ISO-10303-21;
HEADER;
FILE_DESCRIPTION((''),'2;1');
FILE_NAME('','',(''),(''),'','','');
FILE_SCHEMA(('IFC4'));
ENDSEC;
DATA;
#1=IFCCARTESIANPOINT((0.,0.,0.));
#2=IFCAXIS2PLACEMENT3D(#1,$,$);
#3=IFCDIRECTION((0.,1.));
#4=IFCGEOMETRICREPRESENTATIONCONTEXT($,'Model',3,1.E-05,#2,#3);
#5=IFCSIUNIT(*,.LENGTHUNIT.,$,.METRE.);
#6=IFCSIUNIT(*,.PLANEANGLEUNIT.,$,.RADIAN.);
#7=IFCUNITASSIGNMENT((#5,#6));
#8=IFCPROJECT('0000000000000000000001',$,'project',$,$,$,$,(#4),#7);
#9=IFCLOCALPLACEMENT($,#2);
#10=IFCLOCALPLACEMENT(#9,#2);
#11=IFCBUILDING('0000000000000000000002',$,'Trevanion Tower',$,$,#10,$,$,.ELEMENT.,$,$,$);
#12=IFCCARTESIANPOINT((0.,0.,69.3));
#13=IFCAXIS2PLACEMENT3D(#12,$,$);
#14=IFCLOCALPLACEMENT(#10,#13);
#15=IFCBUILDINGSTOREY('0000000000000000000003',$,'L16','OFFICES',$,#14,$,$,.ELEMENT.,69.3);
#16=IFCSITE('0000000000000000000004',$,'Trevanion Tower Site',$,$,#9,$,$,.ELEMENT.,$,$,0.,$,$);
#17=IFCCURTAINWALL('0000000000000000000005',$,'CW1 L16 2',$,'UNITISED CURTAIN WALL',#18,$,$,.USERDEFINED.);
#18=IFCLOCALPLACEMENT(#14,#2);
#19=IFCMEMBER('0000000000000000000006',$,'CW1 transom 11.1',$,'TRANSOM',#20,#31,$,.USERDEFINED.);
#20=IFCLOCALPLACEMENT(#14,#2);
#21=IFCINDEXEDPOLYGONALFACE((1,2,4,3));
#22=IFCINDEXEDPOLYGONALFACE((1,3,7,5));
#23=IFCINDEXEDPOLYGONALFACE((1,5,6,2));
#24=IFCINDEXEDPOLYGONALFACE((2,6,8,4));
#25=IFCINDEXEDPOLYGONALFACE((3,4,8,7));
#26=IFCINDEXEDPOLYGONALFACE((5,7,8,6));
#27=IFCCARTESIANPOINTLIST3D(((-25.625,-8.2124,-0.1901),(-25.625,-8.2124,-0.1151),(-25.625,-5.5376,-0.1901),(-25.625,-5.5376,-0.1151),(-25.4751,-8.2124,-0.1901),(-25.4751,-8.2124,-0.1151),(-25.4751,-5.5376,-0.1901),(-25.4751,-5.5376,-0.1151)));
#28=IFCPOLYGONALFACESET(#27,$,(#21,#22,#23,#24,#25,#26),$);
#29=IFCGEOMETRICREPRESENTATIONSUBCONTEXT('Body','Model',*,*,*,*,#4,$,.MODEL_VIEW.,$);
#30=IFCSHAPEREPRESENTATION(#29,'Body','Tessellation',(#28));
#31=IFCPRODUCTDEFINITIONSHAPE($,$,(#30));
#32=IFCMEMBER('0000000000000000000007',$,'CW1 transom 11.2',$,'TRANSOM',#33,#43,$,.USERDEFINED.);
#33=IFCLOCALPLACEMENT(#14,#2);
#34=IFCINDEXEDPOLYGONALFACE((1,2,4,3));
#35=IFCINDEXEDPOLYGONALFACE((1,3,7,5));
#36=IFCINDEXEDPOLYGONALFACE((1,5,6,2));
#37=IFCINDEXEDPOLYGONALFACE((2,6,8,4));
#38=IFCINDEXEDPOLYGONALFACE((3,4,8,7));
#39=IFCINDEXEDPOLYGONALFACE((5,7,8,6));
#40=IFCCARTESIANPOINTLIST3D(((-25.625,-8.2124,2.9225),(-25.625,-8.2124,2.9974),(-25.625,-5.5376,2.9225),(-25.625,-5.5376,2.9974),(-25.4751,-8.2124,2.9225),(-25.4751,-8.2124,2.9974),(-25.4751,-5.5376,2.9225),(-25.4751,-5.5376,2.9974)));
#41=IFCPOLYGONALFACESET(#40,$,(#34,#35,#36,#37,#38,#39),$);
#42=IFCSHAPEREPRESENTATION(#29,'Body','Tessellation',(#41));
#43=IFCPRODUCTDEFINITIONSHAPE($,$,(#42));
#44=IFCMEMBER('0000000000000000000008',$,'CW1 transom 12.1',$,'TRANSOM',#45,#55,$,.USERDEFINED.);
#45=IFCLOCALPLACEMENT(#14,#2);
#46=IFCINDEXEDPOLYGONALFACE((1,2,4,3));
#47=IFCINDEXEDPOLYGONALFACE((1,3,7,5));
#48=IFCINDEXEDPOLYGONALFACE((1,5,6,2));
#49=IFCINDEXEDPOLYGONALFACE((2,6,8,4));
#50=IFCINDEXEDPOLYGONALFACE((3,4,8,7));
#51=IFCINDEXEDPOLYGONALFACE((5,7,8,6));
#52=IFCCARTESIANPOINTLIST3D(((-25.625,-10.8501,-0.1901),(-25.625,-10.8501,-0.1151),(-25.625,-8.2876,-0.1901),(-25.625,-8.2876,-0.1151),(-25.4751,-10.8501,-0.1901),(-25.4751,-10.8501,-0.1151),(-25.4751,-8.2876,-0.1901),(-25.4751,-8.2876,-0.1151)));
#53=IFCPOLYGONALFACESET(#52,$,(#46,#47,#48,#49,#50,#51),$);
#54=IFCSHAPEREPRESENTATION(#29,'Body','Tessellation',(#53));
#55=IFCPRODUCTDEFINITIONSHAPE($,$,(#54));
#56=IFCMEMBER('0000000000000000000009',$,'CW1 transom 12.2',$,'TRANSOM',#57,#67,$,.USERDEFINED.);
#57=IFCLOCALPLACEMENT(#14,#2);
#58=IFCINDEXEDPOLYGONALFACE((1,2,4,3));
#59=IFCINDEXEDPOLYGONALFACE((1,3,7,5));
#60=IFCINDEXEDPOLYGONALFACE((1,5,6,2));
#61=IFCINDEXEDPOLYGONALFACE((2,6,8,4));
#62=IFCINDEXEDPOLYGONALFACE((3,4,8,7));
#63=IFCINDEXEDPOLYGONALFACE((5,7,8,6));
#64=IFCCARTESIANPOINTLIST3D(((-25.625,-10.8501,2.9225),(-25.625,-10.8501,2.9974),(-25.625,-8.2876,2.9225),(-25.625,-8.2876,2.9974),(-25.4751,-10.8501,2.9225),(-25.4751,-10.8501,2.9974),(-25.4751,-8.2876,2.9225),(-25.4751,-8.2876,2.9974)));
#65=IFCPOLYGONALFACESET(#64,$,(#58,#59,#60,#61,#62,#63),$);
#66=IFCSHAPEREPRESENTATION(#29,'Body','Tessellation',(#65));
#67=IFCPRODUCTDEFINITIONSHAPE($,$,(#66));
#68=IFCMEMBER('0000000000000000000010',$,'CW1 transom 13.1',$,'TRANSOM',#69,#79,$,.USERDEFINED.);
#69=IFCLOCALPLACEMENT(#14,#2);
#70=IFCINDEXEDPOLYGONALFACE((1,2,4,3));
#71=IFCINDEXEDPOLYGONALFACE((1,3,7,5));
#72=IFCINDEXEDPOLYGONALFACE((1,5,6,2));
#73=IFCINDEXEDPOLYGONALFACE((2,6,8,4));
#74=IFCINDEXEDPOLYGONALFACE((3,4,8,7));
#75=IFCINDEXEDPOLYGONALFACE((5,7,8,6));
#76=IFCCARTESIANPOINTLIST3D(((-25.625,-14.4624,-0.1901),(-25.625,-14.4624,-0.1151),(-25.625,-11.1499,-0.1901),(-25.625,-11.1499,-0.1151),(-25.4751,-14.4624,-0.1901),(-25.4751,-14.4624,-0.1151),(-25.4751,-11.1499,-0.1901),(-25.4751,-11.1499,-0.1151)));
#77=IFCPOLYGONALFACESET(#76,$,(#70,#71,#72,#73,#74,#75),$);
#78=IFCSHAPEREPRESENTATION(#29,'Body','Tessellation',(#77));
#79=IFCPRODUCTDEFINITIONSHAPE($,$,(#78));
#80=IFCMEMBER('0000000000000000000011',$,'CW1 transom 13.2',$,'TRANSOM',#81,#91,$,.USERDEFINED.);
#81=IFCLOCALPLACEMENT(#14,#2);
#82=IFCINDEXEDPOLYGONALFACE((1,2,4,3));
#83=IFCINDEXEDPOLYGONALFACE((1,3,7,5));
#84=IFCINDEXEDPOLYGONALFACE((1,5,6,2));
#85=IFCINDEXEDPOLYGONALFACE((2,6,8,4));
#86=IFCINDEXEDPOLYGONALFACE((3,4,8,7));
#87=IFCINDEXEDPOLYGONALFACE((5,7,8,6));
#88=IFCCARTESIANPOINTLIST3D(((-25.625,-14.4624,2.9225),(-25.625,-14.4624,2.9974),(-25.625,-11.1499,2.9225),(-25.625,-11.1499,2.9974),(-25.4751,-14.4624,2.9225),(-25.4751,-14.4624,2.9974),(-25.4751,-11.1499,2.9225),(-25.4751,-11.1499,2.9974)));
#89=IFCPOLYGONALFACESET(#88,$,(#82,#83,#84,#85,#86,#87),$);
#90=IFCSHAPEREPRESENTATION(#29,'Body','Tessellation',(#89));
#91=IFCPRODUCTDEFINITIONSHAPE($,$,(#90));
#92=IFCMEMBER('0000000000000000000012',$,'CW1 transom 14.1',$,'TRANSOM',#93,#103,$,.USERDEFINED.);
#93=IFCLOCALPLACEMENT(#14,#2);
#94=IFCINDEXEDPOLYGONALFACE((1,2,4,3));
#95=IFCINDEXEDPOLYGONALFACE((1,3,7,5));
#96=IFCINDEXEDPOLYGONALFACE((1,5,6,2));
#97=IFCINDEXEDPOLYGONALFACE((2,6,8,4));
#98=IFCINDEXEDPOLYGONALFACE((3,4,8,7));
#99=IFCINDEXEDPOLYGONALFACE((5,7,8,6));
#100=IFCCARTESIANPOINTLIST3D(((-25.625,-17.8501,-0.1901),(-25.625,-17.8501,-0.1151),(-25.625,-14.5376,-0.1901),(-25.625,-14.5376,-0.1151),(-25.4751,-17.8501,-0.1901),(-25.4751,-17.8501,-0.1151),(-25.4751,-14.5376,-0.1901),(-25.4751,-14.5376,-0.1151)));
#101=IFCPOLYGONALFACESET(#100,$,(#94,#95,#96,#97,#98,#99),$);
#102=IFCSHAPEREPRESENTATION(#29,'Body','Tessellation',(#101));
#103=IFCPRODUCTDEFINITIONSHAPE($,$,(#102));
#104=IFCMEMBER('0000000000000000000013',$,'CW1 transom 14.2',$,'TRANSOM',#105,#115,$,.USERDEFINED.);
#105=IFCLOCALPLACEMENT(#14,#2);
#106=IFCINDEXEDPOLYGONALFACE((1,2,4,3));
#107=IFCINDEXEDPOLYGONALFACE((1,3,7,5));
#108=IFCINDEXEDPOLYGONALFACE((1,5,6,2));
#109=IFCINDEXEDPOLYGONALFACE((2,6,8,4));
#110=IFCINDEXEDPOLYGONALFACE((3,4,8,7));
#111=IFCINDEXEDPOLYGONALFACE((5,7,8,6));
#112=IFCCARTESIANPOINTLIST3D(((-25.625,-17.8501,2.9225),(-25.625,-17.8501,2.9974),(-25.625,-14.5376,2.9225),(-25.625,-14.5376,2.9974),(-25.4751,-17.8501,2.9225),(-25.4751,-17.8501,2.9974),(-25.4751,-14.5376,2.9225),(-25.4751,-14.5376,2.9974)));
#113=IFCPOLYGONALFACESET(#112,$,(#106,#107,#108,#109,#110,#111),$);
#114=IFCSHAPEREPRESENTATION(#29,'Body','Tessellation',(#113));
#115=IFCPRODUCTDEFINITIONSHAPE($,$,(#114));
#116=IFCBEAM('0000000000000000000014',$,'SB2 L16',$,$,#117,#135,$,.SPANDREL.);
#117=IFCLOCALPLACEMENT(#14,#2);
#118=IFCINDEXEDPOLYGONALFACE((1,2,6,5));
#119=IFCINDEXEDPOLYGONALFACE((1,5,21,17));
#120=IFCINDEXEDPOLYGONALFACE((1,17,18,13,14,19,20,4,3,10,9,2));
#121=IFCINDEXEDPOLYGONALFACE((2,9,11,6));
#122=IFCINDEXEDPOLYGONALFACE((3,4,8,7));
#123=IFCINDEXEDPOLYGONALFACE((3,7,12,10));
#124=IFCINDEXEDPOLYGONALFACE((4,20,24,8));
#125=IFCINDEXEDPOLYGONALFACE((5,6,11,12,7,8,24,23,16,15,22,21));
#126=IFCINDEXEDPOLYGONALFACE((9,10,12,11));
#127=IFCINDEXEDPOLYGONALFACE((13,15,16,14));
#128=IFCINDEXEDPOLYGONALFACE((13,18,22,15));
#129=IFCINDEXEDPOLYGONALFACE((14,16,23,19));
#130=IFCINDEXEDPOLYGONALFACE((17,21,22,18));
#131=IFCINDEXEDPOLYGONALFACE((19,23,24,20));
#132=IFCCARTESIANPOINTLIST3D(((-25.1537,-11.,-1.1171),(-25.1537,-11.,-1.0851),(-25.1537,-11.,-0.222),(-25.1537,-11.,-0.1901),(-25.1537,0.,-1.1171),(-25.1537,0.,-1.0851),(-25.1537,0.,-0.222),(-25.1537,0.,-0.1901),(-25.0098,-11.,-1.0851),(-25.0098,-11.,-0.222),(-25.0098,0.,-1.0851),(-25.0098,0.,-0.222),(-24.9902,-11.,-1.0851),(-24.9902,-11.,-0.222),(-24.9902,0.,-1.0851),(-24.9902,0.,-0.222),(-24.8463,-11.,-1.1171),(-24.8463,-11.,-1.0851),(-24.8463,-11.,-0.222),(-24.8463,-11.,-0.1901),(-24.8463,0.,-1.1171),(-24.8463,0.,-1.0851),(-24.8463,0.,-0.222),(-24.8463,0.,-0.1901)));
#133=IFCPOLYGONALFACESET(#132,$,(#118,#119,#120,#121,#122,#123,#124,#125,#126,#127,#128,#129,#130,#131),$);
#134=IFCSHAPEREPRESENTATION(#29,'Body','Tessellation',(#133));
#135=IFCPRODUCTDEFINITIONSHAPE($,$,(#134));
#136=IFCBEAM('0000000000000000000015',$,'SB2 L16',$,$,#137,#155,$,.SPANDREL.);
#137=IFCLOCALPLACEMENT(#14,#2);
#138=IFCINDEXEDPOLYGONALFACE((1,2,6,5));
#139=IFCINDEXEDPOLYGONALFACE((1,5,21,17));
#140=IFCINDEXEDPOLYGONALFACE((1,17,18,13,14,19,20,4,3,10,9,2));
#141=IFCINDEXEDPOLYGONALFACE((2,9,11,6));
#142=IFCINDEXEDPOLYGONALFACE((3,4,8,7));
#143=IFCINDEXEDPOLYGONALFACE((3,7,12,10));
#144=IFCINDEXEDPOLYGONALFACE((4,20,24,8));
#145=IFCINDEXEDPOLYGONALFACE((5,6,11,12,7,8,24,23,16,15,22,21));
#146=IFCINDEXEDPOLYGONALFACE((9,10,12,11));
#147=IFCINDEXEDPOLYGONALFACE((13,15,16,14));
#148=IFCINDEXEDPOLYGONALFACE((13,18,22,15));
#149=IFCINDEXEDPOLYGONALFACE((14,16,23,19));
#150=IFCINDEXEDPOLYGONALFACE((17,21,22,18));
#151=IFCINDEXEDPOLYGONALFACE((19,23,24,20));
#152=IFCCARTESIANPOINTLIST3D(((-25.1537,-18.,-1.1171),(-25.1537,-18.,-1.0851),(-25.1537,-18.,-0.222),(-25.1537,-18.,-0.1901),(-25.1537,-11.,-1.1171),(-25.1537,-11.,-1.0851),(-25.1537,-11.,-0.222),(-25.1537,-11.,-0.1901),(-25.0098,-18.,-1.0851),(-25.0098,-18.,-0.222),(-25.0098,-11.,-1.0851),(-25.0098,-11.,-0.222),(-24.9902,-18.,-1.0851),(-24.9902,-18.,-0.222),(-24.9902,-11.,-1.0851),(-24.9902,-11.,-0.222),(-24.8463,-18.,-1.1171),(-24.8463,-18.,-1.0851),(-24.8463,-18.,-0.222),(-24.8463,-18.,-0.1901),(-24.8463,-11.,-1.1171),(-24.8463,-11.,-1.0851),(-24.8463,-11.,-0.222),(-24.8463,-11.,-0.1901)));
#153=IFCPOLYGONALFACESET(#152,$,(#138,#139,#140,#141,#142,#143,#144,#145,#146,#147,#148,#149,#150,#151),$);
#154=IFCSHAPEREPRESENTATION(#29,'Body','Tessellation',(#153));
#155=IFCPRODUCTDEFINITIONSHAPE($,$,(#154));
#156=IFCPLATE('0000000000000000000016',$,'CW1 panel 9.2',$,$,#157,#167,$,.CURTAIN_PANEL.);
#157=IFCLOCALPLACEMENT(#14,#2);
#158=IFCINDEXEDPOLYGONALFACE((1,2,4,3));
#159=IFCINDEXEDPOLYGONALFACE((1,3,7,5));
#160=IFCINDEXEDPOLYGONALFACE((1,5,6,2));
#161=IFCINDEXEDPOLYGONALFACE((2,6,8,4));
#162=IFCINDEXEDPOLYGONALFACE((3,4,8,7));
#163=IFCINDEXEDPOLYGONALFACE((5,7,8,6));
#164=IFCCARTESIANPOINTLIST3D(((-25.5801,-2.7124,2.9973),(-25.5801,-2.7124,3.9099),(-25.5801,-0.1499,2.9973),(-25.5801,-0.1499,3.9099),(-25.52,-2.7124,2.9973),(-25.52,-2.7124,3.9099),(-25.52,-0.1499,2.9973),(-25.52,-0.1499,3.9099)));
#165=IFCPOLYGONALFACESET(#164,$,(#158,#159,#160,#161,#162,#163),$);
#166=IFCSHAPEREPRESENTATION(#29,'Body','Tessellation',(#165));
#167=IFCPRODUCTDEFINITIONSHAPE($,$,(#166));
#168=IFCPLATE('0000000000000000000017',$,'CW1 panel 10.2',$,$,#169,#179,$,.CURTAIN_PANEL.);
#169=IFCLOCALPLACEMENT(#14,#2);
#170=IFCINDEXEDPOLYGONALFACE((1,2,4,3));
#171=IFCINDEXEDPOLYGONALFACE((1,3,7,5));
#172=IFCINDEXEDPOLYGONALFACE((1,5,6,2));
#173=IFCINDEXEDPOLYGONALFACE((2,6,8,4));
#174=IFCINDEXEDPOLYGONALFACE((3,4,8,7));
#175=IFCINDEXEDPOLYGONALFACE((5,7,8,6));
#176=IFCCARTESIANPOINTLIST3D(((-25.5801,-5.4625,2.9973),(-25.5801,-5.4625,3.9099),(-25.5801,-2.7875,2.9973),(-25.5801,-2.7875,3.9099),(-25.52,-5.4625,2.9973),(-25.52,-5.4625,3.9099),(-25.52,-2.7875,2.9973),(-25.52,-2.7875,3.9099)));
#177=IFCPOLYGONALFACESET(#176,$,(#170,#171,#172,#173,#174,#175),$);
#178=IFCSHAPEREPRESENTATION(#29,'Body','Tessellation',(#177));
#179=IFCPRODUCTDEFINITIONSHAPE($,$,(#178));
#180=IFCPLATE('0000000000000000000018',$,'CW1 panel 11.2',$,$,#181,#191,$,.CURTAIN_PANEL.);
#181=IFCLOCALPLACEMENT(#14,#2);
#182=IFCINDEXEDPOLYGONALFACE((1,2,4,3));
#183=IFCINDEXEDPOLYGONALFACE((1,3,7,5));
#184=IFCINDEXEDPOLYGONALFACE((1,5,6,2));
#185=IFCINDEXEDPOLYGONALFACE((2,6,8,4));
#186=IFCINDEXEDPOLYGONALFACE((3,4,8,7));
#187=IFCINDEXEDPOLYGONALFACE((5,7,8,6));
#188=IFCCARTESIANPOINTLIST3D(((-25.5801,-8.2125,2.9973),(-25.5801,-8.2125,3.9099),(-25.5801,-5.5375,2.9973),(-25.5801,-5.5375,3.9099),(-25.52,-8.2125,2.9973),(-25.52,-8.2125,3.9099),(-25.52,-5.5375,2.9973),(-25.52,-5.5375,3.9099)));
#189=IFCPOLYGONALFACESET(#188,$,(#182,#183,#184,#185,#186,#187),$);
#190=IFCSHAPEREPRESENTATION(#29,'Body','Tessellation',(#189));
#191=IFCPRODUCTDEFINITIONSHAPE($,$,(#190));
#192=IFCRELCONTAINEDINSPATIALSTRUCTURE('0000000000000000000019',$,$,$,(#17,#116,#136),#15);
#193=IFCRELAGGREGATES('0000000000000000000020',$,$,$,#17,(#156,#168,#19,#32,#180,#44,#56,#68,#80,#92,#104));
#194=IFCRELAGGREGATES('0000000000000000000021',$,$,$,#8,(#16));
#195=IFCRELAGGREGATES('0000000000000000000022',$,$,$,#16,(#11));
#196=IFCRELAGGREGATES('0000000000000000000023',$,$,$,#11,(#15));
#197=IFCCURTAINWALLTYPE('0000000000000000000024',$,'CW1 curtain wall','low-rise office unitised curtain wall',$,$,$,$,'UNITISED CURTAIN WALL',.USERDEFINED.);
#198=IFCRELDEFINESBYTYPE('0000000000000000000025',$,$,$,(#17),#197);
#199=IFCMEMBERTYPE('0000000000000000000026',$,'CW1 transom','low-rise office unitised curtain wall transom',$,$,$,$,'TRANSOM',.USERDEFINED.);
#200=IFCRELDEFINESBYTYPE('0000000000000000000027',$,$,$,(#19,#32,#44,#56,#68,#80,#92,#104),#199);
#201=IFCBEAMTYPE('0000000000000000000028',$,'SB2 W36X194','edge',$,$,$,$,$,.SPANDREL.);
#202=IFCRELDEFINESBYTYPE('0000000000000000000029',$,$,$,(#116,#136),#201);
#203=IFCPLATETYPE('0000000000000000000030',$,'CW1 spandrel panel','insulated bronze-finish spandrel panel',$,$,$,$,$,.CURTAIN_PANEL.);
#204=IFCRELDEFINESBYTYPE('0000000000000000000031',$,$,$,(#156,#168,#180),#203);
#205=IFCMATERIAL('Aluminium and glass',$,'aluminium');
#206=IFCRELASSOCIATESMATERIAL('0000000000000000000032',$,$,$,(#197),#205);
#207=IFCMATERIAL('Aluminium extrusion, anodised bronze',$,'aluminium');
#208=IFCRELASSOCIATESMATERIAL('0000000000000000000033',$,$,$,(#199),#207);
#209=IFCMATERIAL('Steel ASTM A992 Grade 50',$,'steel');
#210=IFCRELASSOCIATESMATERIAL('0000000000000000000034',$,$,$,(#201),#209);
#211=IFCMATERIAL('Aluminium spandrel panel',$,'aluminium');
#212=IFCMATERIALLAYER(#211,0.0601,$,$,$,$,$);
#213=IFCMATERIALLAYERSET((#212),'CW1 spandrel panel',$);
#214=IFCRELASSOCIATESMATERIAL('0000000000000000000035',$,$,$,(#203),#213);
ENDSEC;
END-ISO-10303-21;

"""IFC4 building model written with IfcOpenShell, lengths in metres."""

from ifc_helpers import new_model, si_unit, direction, frame, origin, origin_2d, place, context, subcontext, project, spatial, rectangle, i_section, extrude, material, layer, layer_set, material_profile, profile_set, type_object, element, aggregate, save


model = new_model("IFC4")

# Units and contexts
model_context = context("Model", 3, precision=1e-05, world=origin(), true_north=direction((0.0, 1.0)))
body_context = subcontext(model_context, "Body", "Model", "MODEL_VIEW")
ifc_project = project(units=[si_unit("LENGTHUNIT", "METRE"), si_unit("PLANEANGLEUNIT", "RADIAN")], contexts=[model_context])

# Site, building, storey
site_placement = place(None, origin())
site = spatial("IfcSite", under=ifc_project, at=site_placement, Name="Trevanion Tower Site", CompositionType="ELEMENT", RefElevation=0.0)
building_placement = place(site_placement, origin())
building = spatial("IfcBuilding", under=site, at=building_placement, Name="Trevanion Tower", CompositionType="ELEMENT")
storey_placement = place(building_placement, frame((0.0, 0.0, 69.3)))
storey = spatial("IfcBuildingStorey", under=building, at=storey_placement, Name="L16", Description="OFFICES", CompositionType="ELEMENT", Elevation=69.3)

# Curtain wall, members
ifc_material_1 = material(Name="Aluminium and glass", Category="aluminium")
curtain_wall_type = type_object("IfcCurtainWallType", Name="CW1 curtain wall", Description="low-rise office unitised curtain wall", ElementType="UNITISED CURTAIN WALL", PredefinedType="USERDEFINED", material=ifc_material_1)
curtain_wall_placement = place(storey_placement, origin())
curtain_wall = element("IfcCurtainWall", 1, at=curtain_wall_placement, inside=storey, type_object=curtain_wall_type, Name="CW1 L16 2", ObjectType="UNITISED CURTAIN WALL", PredefinedType="USERDEFINED")
ifc_material_2 = material(Name="Aluminium extrusion, anodised bronze", Category="aluminium")
ifc_material_profile_1 = material_profile(ifc_material_2, rectangle(XDim=0.1499, YDim=0.075, at=origin_2d()), Name="CW1 transom")
ifc_profile_set_1 = profile_set([ifc_material_profile_1], Name="Aluminium extrusion, anodised bronze")
member_type_1 = type_object("IfcMemberType", Name="CW1 transom", Description="low-rise office unitised curtain wall transom", ElementType="TRANSOM", PredefinedType="USERDEFINED", material=ifc_profile_set_1)
member_1_placement = place(storey_placement, frame((-25.55, -5.5376, -0.1526), z_axis=(0.0, -1.0, 0.0), x_axis=(1.0, 0.0, 0.0)))
member_1 = element("IfcMember", 2, at=member_1_placement, type_object=member_type_1, Name="CW1 transom 11.1", ObjectType="TRANSOM", PredefinedType="USERDEFINED", context=body_context, shape_type="SweptSolid", body=[
    extrude(rectangle(XDim=0.1499, YDim=0.075, at=origin_2d()), origin(), (0.0, 0.0, 1.0), 2.6748),
])
member_2_placement = place(storey_placement, frame((-25.55, -5.5376, 2.96), z_axis=(0.0, -1.0, 0.0), x_axis=(1.0, 0.0, 0.0)))
member_2 = element("IfcMember", 3, at=member_2_placement, type_object=member_type_1, Name="CW1 transom 11.2", ObjectType="TRANSOM", PredefinedType="USERDEFINED", context=body_context, shape_type="SweptSolid", body=[
    extrude(rectangle(XDim=0.1499, YDim=0.075, at=origin_2d()), origin(), (0.0, 0.0, 1.0), 2.6748),
])
member_3_placement = place(storey_placement, frame((-25.55, -8.2876, -0.1526), z_axis=(0.0, -1.0, 0.0), x_axis=(1.0, 0.0, 0.0)))
member_3 = element("IfcMember", 4, at=member_3_placement, type_object=member_type_1, Name="CW1 transom 12.1", ObjectType="TRANSOM", PredefinedType="USERDEFINED", context=body_context, shape_type="SweptSolid", body=[
    extrude(rectangle(XDim=0.1499, YDim=0.075, at=origin_2d()), origin(), (0.0, 0.0, 1.0), 2.5625),
])
member_4_placement = place(storey_placement, frame((-25.55, -8.2876, 2.96), z_axis=(0.0, -1.0, 0.0), x_axis=(1.0, 0.0, 0.0)))
member_4 = element("IfcMember", 5, at=member_4_placement, type_object=member_type_1, Name="CW1 transom 12.2", ObjectType="TRANSOM", PredefinedType="USERDEFINED", context=body_context, shape_type="SweptSolid", body=[
    extrude(rectangle(XDim=0.1499, YDim=0.075, at=origin_2d()), origin(), (0.0, 0.0, 1.0), 2.5625),
])
member_5_placement = place(storey_placement, frame((-25.55, -11.1499, -0.1526), z_axis=(0.0, -1.0, 0.0), x_axis=(1.0, 0.0, 0.0)))
member_5 = element("IfcMember", 6, at=member_5_placement, type_object=member_type_1, Name="CW1 transom 13.1", ObjectType="TRANSOM", PredefinedType="USERDEFINED", context=body_context, shape_type="SweptSolid", body=[
    extrude(rectangle(XDim=0.1499, YDim=0.075, at=origin_2d()), origin(), (0.0, 0.0, 1.0), 3.3125),
])
member_6_placement = place(storey_placement, frame((-25.55, -11.1499, 2.96), z_axis=(0.0, -1.0, 0.0), x_axis=(1.0, 0.0, 0.0)))
member_6 = element("IfcMember", 7, at=member_6_placement, type_object=member_type_1, Name="CW1 transom 13.2", ObjectType="TRANSOM", PredefinedType="USERDEFINED", context=body_context, shape_type="SweptSolid", body=[
    extrude(rectangle(XDim=0.1499, YDim=0.075, at=origin_2d()), origin(), (0.0, 0.0, 1.0), 3.3125),
])
member_7_placement = place(storey_placement, frame((-25.55, -14.5376, -0.1526), z_axis=(0.0, -1.0, 0.0), x_axis=(1.0, 0.0, 0.0)))
member_7 = element("IfcMember", 8, at=member_7_placement, type_object=member_type_1, Name="CW1 transom 14.1", ObjectType="TRANSOM", PredefinedType="USERDEFINED", context=body_context, shape_type="SweptSolid", body=[
    extrude(rectangle(XDim=0.1499, YDim=0.075, at=origin_2d()), origin(), (0.0, 0.0, 1.0), 3.3125),
])
member_8_placement = place(storey_placement, frame((-25.55, -14.5376, 2.96), z_axis=(0.0, -1.0, 0.0), x_axis=(1.0, 0.0, 0.0)))
member_8 = element("IfcMember", 9, at=member_8_placement, type_object=member_type_1, Name="CW1 transom 14.2", ObjectType="TRANSOM", PredefinedType="USERDEFINED", context=body_context, shape_type="SweptSolid", body=[
    extrude(rectangle(XDim=0.1499, YDim=0.075, at=origin_2d()), origin(), (0.0, 0.0, 1.0), 3.3125),
])

# Beams
ifc_material_3 = material(Name="Steel ASTM A992 Grade 50", Category="steel")
ifc_material_profile_2 = material_profile(ifc_material_3, i_section(OverallWidth=0.3074, OverallDepth=0.927, WebThickness=0.0195, FlangeThickness=0.032, at=origin_2d()), Name="W36X194")
ifc_profile_set_2 = profile_set([ifc_material_profile_2], Name="Steel ASTM A992 Grade 50")
beam_type_1 = type_object("IfcBeamType", Name="SB2 W36X194", Description="edge", PredefinedType="SPANDREL", material=ifc_profile_set_2)
beam_1_placement = place(storey_placement, frame((-25.0, 0.0, -0.6536), z_axis=(0.0, -1.0, 0.0), x_axis=(1.0, 0.0, 0.0)))
element("IfcBeam", 10, at=beam_1_placement, inside=storey, type_object=beam_type_1, Name="SB2 L16", PredefinedType="SPANDREL", context=body_context, shape_type="SweptSolid", body=[
    extrude(i_section(OverallWidth=0.3074, OverallDepth=0.927, WebThickness=0.0195, FlangeThickness=0.032, at=origin_2d()), origin(), (0.0, 0.0, 1.0), 11.0),
])
beam_2_placement = place(storey_placement, frame((-25.0, -11.0, -0.6536), z_axis=(0.0, -1.0, 0.0), x_axis=(1.0, 0.0, 0.0)))
element("IfcBeam", 11, at=beam_2_placement, inside=storey, type_object=beam_type_1, Name="SB2 L16", PredefinedType="SPANDREL", context=body_context, shape_type="SweptSolid", body=[
    extrude(i_section(OverallWidth=0.3074, OverallDepth=0.927, WebThickness=0.0195, FlangeThickness=0.032, at=origin_2d()), origin(), (0.0, 0.0, 1.0), 7.0),
])

# Plates
ifc_material_4 = material(Name="Aluminium spandrel panel", Category="aluminium")
ifc_layer_1 = layer(ifc_material_4, 0.0601)
ifc_layer_set_1 = layer_set([ifc_layer_1], Name="CW1 spandrel panel")
plate_type_1 = type_object("IfcPlateType", Name="CW1 spandrel panel", Description="insulated bronze-finish spandrel panel", PredefinedType="CURTAIN_PANEL", material=ifc_layer_set_1)
plate_1_placement = place(storey_placement, frame((-25.55, -1.4312, 2.9973), z_axis=(0.0, 0.0, 1.0), x_axis=(0.0, -1.0, 0.0)))
plate_1 = element("IfcPlate", 12, at=plate_1_placement, type_object=plate_type_1, Name="CW1 panel 9.2", PredefinedType="CURTAIN_PANEL", context=body_context, shape_type="SweptSolid", body=[
    extrude(rectangle(XDim=2.5625, YDim=0.0601, at=origin_2d()), origin(), (0.0, 0.0, 1.0), 0.9126),
])
plate_2_placement = place(storey_placement, frame((-25.55, -4.125, 2.9973), z_axis=(0.0, 0.0, 1.0), x_axis=(0.0, -1.0, 0.0)))
plate_2 = element("IfcPlate", 13, at=plate_2_placement, type_object=plate_type_1, Name="CW1 panel 10.2", PredefinedType="CURTAIN_PANEL", context=body_context, shape_type="SweptSolid", body=[
    extrude(rectangle(XDim=2.675, YDim=0.0601, at=origin_2d()), origin(), (0.0, 0.0, 1.0), 0.9126),
])
plate_3_placement = place(storey_placement, frame((-25.55, -6.875, 2.9973), z_axis=(0.0, 0.0, 1.0), x_axis=(0.0, -1.0, 0.0)))
plate_3 = element("IfcPlate", 14, at=plate_3_placement, type_object=plate_type_1, Name="CW1 panel 11.2", PredefinedType="CURTAIN_PANEL", context=body_context, shape_type="SweptSolid", body=[
    extrude(rectangle(XDim=2.675, YDim=0.0601, at=origin_2d()), origin(), (0.0, 0.0, 1.0), 0.9126),
])
aggregate(curtain_wall, [plate_1, plate_2, member_1, member_2, plate_3, member_3, member_4, member_5, member_6, member_7, member_8])

save(model, "model.ifc")
